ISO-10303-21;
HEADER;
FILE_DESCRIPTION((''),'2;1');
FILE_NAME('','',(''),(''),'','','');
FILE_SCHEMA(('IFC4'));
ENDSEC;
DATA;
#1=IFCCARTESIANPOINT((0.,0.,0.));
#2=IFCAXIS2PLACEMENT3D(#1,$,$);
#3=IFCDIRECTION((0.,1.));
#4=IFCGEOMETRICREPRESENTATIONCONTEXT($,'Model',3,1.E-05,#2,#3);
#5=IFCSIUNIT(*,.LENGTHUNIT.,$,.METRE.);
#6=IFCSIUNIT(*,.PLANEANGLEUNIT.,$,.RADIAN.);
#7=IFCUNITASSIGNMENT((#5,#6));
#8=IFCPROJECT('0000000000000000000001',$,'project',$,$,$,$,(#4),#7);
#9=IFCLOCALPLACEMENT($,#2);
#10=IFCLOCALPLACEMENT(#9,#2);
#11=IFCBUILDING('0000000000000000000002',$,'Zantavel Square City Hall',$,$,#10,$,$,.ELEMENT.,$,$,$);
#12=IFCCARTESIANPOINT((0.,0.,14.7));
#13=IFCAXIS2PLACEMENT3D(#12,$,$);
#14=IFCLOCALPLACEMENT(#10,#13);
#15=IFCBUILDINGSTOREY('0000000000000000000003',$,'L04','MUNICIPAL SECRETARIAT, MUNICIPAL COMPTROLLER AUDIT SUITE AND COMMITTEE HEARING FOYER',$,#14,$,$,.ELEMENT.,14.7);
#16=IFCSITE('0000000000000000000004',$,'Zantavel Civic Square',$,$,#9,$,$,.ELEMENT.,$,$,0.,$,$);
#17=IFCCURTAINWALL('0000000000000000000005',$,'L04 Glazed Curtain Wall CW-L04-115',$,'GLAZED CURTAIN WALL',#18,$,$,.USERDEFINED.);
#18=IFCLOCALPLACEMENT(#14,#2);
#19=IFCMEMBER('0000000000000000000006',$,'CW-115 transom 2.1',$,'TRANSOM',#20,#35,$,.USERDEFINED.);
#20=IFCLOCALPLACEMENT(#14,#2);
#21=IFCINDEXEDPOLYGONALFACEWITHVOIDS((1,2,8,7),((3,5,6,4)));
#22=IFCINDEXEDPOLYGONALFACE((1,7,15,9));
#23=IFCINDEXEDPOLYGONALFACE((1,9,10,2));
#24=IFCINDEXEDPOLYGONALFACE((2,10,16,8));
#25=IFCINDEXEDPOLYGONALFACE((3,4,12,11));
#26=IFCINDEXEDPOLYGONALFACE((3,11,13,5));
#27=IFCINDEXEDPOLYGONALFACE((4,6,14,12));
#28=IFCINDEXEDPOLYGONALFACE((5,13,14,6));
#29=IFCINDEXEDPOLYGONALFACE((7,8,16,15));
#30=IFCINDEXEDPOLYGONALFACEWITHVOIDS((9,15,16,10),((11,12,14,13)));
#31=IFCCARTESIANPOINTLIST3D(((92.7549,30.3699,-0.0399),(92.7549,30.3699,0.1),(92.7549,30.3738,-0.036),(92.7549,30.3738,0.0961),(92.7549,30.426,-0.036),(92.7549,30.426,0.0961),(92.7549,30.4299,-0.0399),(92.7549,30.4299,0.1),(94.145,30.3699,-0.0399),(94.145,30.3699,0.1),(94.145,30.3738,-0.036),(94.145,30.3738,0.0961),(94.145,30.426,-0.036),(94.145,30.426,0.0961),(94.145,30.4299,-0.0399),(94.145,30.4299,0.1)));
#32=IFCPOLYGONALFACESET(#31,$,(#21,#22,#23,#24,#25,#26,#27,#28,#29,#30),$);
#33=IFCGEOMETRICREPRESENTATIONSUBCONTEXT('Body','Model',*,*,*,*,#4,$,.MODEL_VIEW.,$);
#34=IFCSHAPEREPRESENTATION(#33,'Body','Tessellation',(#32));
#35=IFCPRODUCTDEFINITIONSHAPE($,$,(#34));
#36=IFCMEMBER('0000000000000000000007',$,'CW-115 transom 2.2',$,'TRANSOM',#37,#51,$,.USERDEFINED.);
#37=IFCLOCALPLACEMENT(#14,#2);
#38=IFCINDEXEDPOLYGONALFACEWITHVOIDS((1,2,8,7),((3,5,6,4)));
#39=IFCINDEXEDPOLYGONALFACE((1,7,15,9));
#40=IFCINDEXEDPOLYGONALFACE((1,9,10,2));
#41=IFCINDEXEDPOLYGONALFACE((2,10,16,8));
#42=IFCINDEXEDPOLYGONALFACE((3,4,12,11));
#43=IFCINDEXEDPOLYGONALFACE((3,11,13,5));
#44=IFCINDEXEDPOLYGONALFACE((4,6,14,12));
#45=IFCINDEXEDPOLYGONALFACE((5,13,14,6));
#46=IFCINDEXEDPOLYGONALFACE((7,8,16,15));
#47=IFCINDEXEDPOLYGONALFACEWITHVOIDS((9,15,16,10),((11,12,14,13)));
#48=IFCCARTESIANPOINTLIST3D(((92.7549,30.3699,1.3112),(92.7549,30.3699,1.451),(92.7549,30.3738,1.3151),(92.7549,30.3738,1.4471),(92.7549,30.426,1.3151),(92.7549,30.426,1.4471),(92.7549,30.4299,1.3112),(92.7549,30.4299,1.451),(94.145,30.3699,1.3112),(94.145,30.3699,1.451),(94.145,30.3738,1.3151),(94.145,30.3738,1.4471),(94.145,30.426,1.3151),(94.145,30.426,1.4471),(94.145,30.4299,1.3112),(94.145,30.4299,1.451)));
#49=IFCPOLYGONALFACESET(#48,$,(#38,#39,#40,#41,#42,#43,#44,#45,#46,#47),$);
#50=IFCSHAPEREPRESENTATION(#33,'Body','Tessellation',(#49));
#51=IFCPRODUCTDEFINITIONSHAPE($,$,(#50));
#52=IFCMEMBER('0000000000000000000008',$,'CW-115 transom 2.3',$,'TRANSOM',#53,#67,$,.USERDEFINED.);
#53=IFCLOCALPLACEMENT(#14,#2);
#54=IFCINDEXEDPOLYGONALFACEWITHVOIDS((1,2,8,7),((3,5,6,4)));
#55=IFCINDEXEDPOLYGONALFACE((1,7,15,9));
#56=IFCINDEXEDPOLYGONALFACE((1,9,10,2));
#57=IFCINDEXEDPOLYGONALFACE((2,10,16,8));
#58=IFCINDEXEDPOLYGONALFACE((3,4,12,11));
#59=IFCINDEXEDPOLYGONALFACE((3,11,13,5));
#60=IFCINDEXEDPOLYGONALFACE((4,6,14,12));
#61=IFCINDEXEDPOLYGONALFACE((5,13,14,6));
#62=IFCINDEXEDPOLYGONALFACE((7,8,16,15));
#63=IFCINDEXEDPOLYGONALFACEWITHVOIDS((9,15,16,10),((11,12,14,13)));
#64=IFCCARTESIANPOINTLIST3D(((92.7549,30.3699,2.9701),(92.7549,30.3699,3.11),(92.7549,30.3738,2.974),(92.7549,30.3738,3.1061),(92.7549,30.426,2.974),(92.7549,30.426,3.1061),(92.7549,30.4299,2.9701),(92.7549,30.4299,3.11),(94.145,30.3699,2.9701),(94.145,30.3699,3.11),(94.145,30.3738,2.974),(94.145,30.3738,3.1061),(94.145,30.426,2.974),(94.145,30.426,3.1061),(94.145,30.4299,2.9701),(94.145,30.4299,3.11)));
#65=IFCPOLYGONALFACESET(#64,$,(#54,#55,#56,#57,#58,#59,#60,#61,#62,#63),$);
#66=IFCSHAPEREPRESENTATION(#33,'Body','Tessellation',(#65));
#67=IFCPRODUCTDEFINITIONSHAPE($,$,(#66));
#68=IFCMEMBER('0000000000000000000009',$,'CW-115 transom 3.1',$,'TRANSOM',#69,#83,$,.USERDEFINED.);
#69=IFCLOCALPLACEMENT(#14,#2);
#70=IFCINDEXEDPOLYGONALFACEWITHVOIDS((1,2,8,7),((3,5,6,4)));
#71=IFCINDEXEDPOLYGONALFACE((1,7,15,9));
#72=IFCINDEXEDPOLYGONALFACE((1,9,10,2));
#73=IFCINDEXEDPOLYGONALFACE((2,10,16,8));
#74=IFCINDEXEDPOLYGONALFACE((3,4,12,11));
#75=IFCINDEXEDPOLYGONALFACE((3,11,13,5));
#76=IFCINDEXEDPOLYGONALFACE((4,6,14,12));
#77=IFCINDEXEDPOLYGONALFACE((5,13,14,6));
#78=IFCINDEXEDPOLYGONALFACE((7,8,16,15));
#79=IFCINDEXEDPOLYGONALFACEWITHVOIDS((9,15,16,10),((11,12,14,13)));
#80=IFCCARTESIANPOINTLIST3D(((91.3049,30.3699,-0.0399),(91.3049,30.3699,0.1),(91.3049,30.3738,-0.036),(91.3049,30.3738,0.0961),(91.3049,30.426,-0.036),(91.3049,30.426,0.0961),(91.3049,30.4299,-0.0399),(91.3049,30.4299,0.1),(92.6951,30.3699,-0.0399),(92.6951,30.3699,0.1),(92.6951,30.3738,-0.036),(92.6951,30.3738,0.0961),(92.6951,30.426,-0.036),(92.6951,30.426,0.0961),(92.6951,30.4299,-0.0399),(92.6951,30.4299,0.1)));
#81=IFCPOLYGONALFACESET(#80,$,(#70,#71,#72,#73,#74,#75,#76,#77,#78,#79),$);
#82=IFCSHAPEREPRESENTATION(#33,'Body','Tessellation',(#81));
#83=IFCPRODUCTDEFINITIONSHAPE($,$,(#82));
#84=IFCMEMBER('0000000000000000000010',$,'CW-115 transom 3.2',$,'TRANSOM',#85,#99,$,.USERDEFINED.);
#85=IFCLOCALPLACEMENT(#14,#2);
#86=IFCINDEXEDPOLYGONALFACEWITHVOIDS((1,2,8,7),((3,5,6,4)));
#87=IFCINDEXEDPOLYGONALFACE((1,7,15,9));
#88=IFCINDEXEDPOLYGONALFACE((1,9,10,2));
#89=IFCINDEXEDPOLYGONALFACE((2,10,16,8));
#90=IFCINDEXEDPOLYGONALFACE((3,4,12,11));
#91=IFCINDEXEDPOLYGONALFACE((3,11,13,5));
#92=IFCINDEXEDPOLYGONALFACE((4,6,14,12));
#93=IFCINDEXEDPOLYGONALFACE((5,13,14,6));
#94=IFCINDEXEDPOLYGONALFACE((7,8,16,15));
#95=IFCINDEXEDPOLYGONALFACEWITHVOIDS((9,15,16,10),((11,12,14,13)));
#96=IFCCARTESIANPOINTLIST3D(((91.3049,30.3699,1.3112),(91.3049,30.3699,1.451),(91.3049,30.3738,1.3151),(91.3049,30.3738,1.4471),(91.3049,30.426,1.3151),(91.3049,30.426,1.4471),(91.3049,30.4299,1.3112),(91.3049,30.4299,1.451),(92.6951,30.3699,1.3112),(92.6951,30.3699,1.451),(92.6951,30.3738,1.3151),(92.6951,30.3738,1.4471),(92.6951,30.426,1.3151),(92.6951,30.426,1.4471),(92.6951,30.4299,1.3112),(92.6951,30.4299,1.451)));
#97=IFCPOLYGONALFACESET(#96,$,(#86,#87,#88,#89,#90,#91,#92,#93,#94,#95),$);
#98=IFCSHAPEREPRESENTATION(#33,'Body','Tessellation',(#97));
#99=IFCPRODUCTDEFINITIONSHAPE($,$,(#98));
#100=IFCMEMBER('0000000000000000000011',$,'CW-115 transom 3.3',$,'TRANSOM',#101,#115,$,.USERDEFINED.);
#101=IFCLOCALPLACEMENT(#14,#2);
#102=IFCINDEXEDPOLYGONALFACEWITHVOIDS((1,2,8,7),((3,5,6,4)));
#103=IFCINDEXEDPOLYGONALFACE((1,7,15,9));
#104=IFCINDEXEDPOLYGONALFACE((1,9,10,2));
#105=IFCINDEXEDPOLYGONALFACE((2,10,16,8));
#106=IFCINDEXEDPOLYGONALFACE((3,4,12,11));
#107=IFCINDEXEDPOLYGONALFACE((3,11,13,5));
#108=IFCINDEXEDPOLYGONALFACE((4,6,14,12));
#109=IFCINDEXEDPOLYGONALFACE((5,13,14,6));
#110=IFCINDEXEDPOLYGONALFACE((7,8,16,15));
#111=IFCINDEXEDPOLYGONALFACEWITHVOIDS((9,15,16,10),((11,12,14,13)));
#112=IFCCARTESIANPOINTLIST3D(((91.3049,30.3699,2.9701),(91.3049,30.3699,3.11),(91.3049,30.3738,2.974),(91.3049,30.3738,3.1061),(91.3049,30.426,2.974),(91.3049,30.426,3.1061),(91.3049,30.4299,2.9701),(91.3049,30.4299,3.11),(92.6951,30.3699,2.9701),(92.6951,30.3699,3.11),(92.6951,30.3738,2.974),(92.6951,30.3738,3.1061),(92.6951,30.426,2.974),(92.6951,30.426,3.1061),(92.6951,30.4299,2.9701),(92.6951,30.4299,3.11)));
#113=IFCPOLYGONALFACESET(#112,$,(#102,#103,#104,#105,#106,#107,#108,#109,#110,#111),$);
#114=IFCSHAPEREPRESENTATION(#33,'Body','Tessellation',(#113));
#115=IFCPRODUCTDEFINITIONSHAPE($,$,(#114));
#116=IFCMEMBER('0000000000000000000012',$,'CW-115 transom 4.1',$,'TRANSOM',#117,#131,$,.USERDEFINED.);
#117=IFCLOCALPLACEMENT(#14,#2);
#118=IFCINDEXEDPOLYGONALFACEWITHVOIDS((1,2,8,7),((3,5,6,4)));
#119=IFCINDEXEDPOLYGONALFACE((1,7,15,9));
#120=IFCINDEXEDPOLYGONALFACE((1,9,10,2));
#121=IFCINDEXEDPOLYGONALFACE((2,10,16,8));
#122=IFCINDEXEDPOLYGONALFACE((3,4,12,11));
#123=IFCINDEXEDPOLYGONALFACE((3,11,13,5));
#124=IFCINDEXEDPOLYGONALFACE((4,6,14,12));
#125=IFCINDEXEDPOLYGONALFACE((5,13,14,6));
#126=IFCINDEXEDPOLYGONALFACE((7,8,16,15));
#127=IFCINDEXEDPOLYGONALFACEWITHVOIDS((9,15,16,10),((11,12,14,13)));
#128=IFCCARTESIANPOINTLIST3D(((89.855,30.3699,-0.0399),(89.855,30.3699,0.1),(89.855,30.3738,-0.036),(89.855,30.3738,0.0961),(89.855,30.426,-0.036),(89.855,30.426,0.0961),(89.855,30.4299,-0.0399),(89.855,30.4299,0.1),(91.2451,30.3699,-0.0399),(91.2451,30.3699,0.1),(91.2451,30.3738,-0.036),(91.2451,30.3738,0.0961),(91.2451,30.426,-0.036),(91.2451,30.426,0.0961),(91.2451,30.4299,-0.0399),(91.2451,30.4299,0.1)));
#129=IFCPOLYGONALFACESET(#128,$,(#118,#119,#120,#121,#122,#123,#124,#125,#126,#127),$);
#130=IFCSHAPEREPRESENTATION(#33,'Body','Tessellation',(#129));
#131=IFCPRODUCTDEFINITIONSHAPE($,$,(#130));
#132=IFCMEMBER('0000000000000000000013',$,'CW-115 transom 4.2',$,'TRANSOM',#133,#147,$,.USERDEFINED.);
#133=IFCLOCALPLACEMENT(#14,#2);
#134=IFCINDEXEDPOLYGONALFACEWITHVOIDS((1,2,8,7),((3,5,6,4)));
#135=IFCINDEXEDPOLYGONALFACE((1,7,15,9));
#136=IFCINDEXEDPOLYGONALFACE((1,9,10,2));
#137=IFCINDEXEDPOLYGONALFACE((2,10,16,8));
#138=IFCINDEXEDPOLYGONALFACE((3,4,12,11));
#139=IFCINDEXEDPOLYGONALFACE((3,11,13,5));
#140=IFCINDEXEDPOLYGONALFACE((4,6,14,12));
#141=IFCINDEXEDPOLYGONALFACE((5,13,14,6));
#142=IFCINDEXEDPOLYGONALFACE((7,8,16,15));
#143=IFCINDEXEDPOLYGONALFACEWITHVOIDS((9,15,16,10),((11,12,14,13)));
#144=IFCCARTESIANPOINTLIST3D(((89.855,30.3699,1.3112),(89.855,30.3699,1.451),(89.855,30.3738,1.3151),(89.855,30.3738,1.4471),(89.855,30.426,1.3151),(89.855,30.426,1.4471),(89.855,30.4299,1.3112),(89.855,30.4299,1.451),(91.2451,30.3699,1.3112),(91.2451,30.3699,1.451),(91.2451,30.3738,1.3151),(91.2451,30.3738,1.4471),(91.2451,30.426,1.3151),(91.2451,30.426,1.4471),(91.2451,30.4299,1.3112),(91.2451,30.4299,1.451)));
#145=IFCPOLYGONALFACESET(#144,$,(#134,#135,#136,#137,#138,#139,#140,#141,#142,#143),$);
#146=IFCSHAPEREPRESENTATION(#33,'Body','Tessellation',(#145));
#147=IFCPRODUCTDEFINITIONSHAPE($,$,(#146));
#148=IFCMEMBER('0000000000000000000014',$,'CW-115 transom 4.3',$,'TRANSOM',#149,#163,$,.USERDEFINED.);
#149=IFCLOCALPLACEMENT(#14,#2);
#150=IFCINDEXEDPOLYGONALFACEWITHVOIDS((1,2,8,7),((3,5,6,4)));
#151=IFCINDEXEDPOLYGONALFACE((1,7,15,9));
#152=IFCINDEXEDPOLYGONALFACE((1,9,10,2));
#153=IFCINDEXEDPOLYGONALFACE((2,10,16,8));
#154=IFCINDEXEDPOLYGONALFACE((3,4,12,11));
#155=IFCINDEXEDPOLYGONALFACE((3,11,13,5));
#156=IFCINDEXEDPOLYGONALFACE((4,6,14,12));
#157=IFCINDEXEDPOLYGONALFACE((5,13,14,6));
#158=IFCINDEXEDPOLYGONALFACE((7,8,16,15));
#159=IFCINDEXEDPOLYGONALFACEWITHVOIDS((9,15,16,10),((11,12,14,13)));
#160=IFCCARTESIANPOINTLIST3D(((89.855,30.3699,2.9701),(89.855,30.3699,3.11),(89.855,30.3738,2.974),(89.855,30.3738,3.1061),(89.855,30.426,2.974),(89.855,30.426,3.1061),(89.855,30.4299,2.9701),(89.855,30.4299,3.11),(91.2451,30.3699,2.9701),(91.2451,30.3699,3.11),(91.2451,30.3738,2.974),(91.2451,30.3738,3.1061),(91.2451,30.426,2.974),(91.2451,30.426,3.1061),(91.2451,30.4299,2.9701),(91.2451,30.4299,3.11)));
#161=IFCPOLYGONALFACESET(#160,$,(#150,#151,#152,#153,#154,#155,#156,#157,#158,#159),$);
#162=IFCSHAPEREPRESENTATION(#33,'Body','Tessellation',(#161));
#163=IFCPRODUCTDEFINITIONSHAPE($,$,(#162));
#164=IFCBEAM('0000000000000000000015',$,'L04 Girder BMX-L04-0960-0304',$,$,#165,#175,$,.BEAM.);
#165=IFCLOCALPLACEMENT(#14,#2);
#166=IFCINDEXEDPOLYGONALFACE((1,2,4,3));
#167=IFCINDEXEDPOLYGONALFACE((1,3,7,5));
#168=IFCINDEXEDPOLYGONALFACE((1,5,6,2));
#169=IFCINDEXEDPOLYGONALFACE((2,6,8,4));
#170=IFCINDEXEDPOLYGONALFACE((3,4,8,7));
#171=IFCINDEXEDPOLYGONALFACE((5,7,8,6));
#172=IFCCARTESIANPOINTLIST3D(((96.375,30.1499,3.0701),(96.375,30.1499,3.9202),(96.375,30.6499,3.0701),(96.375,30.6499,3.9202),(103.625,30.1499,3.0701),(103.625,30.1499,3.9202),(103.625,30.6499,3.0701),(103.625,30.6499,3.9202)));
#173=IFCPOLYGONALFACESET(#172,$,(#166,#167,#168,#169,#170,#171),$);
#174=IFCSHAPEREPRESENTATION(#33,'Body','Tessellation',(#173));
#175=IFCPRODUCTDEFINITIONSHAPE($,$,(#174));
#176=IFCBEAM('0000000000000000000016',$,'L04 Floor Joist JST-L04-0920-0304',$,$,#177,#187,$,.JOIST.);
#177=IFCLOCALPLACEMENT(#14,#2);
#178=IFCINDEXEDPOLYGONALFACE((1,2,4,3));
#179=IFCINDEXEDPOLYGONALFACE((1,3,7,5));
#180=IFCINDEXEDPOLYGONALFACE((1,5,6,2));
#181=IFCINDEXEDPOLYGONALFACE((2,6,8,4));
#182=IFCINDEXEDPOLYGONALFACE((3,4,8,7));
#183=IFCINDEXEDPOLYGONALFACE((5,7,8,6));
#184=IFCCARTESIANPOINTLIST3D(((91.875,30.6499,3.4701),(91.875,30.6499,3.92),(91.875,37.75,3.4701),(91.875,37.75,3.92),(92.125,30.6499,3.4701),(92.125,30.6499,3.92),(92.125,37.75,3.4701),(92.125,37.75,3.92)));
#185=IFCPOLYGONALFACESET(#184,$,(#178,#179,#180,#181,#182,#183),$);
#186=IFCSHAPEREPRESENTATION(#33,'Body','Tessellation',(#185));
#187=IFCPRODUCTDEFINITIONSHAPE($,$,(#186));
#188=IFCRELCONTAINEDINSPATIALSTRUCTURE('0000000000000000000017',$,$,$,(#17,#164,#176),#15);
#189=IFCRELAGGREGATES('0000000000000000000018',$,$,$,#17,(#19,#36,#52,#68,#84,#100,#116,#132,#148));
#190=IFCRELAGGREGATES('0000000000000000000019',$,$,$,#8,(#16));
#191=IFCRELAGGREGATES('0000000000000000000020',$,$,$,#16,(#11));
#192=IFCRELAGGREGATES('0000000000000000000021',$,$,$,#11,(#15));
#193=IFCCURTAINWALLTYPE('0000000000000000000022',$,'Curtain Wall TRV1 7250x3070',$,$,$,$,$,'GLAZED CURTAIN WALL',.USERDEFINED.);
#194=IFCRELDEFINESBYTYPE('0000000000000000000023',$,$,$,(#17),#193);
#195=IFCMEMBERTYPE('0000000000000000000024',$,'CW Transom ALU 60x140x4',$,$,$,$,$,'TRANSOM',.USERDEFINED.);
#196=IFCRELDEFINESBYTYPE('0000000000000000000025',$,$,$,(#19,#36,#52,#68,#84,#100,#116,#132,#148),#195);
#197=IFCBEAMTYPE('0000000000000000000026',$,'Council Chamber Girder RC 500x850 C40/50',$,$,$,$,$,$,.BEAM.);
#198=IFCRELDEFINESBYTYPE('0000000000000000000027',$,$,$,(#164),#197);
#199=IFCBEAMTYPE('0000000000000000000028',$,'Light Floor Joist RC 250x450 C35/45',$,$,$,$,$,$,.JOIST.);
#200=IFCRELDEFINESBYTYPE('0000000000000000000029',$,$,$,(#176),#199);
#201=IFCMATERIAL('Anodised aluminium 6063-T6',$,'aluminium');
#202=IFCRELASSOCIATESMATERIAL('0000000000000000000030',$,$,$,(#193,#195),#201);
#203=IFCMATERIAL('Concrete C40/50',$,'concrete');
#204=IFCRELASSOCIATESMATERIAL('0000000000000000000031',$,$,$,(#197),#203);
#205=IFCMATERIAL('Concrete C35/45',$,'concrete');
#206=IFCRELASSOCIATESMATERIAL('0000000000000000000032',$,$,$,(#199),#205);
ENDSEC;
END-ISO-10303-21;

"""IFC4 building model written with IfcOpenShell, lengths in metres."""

from ifc_helpers import new_model, si_unit, direction, frame, origin, origin_2d, place, context, subcontext, project, spatial, rectangle, hollow_rectangle, extrude, material, material_profile, profile_set, type_object, element, aggregate, save


model = new_model("IFC4")

# Units and contexts
model_context = context("Model", 3, precision=1e-05, world=origin(), true_north=direction((0.0, 1.0)))
body_context = subcontext(model_context, "Body", "Model", "MODEL_VIEW")
ifc_project = project(units=[si_unit("LENGTHUNIT", "METRE"), si_unit("PLANEANGLEUNIT", "RADIAN")], contexts=[model_context])

# Site, building, storey
site_placement = place(None, origin())
site = spatial("IfcSite", under=ifc_project, at=site_placement, Name="Zantavel Civic Square", CompositionType="ELEMENT", RefElevation=0.0)
building_placement = place(site_placement, origin())
building = spatial("IfcBuilding", under=site, at=building_placement, Name="Zantavel Square City Hall", CompositionType="ELEMENT")
storey_placement = place(building_placement, frame((0.0, 0.0, 14.7)))
storey = spatial("IfcBuildingStorey", under=building, at=storey_placement, Name="L04", Description="MUNICIPAL SECRETARIAT, MUNICIPAL COMPTROLLER AUDIT SUITE AND COMMITTEE HEARING FOYER", CompositionType="ELEMENT", Elevation=14.7)

# Shared definitions
ifc_material_1 = material(Name="Concrete C40/50", Category="concrete")

# Shared definitions
ifc_material_2 = material(Name="Anodised aluminium 6063-T6", Category="aluminium")

# Curtain wall, members
curtain_wall_type_1 = type_object("IfcCurtainWallType", Name="Curtain Wall TRV1 7250x3070", ElementType="GLAZED CURTAIN WALL", PredefinedType="USERDEFINED", material=ifc_material_2)
curtain_wall_1_placement = place(storey_placement, origin())
curtain_wall_1 = element("IfcCurtainWall", 1, at=curtain_wall_1_placement, inside=storey, type_object=curtain_wall_type_1, Name="L04 Glazed Curtain Wall CW-L04-115", ObjectType="GLAZED CURTAIN WALL", PredefinedType="USERDEFINED")
ifc_material_profile_1 = material_profile(ifc_material_2, hollow_rectangle(XDim=0.0601, YDim=0.1399, WallThickness=0.0039, at=origin_2d()), Name="ALU 60x140x4")
ifc_profile_set_1 = profile_set([ifc_material_profile_1], Name="Anodised aluminium 6063-T6")
member_type_1 = type_object("IfcMemberType", Name="CW Transom ALU 60x140x4", ElementType="TRANSOM", PredefinedType="USERDEFINED", material=ifc_profile_set_1)
member_1_placement = place(storey_placement, frame((94.145, 30.3999, 0.03), z_axis=(-1.0, 0.0, 0.0), x_axis=(0.0, -1.0, 0.0)))
member_1 = element("IfcMember", 2, at=member_1_placement, type_object=member_type_1, Name="CW-115 transom 2.1", ObjectType="TRANSOM", PredefinedType="USERDEFINED", context=body_context, shape_type="SweptSolid", body=[
    extrude(hollow_rectangle(XDim=0.0601, YDim=0.1399, WallThickness=0.0039, at=origin_2d()), origin(), (0.0, 0.0, 1.0), 1.3901),
])
member_2_placement = place(storey_placement, frame((94.145, 30.3999, 1.3811), z_axis=(-1.0, 0.0, 0.0), x_axis=(0.0, -1.0, 0.0)))
member_2 = element("IfcMember", 3, at=member_2_placement, type_object=member_type_1, Name="CW-115 transom 2.2", ObjectType="TRANSOM", PredefinedType="USERDEFINED", context=body_context, shape_type="SweptSolid", body=[
    extrude(hollow_rectangle(XDim=0.0601, YDim=0.1399, WallThickness=0.0039, at=origin_2d()), origin(), (0.0, 0.0, 1.0), 1.3901),
])
member_3_placement = place(storey_placement, frame((94.145, 30.3999, 3.04), z_axis=(-1.0, 0.0, 0.0), x_axis=(0.0, -1.0, 0.0)))
member_3 = element("IfcMember", 4, at=member_3_placement, type_object=member_type_1, Name="CW-115 transom 2.3", ObjectType="TRANSOM", PredefinedType="USERDEFINED", context=body_context, shape_type="SweptSolid", body=[
    extrude(hollow_rectangle(XDim=0.0601, YDim=0.1399, WallThickness=0.0039, at=origin_2d()), origin(), (0.0, 0.0, 1.0), 1.3901),
])
member_4_placement = place(storey_placement, frame((92.6951, 30.3999, 0.03), z_axis=(-1.0, 0.0, 0.0), x_axis=(0.0, -1.0, 0.0)))
member_4 = element("IfcMember", 5, at=member_4_placement, type_object=member_type_1, Name="CW-115 transom 3.1", ObjectType="TRANSOM", PredefinedType="USERDEFINED", context=body_context, shape_type="SweptSolid", body=[
    extrude(hollow_rectangle(XDim=0.0601, YDim=0.1399, WallThickness=0.0039, at=origin_2d()), origin(), (0.0, 0.0, 1.0), 1.3901),
])
member_5_placement = place(storey_placement, frame((92.6951, 30.3999, 1.3811), z_axis=(-1.0, 0.0, 0.0), x_axis=(0.0, -1.0, 0.0)))
member_5 = element("IfcMember", 6, at=member_5_placement, type_object=member_type_1, Name="CW-115 transom 3.2", ObjectType="TRANSOM", PredefinedType="USERDEFINED", context=body_context, shape_type="SweptSolid", body=[
    extrude(hollow_rectangle(XDim=0.0601, YDim=0.1399, WallThickness=0.0039, at=origin_2d()), origin(), (0.0, 0.0, 1.0), 1.3901),
])
member_6_placement = place(storey_placement, frame((92.6951, 30.3999, 3.04), z_axis=(-1.0, 0.0, 0.0), x_axis=(0.0, -1.0, 0.0)))
member_6 = element("IfcMember", 7, at=member_6_placement, type_object=member_type_1, Name="CW-115 transom 3.3", ObjectType="TRANSOM", PredefinedType="USERDEFINED", context=body_context, shape_type="SweptSolid", body=[
    extrude(hollow_rectangle(XDim=0.0601, YDim=0.1399, WallThickness=0.0039, at=origin_2d()), origin(), (0.0, 0.0, 1.0), 1.3901),
])
member_7_placement = place(storey_placement, frame((91.2451, 30.3999, 0.03), z_axis=(-1.0, 0.0, 0.0), x_axis=(0.0, -1.0, 0.0)))
member_7 = element("IfcMember", 8, at=member_7_placement, type_object=member_type_1, Name="CW-115 transom 4.1", ObjectType="TRANSOM", PredefinedType="USERDEFINED", context=body_context, shape_type="SweptSolid", body=[
    extrude(hollow_rectangle(XDim=0.0601, YDim=0.1399, WallThickness=0.0039, at=origin_2d()), origin(), (0.0, 0.0, 1.0), 1.3901),
])
member_8_placement = place(storey_placement, frame((91.2451, 30.3999, 1.3811), z_axis=(-1.0, 0.0, 0.0), x_axis=(0.0, -1.0, 0.0)))
member_8 = element("IfcMember", 9, at=member_8_placement, type_object=member_type_1, Name="CW-115 transom 4.2", ObjectType="TRANSOM", PredefinedType="USERDEFINED", context=body_context, shape_type="SweptSolid", body=[
    extrude(hollow_rectangle(XDim=0.0601, YDim=0.1399, WallThickness=0.0039, at=origin_2d()), origin(), (0.0, 0.0, 1.0), 1.3901),
])
member_9_placement = place(storey_placement, frame((91.2451, 30.3999, 3.04), z_axis=(-1.0, 0.0, 0.0), x_axis=(0.0, -1.0, 0.0)))
member_9 = element("IfcMember", 10, at=member_9_placement, type_object=member_type_1, Name="CW-115 transom 4.3", ObjectType="TRANSOM", PredefinedType="USERDEFINED", context=body_context, shape_type="SweptSolid", body=[
    extrude(hollow_rectangle(XDim=0.0601, YDim=0.1399, WallThickness=0.0039, at=origin_2d()), origin(), (0.0, 0.0, 1.0), 1.3901),
])

# Beams
ifc_material_profile_2 = material_profile(ifc_material_1, rectangle(XDim=0.5, YDim=0.8501, at=origin_2d()), Name="RC 500x850")
ifc_profile_set_2 = profile_set([ifc_material_profile_2], Name="Concrete C40/50")
beam_type_1 = type_object("IfcBeamType", Name="Council Chamber Girder RC 500x850 C40/50", PredefinedType="BEAM", material=ifc_profile_set_2)
beam_1_placement = place(storey_placement, frame((96.375, 30.3999, 3.4951), z_axis=(1.0, 0.0, 0.0), x_axis=(0.0, 1.0, 0.0)))
element("IfcBeam", 11, at=beam_1_placement, inside=storey, type_object=beam_type_1, Name="L04 Girder BMX-L04-0960-0304", PredefinedType="BEAM", context=body_context, shape_type="SweptSolid", body=[
    extrude(rectangle(XDim=0.5, YDim=0.8501, at=origin_2d()), origin(), (0.0, 0.0, 1.0), 7.25),
])
ifc_material_3 = material(Name="Concrete C35/45", Category="concrete")
ifc_material_profile_3 = material_profile(ifc_material_3, rectangle(XDim=0.25, YDim=0.45, at=origin_2d()), Name="RC 250x450")
ifc_profile_set_3 = profile_set([ifc_material_profile_3], Name="Concrete C35/45")
beam_type_2 = type_object("IfcBeamType", Name="Light Floor Joist RC 250x450 C35/45", PredefinedType="JOIST", material=ifc_profile_set_3)
for number, where, z_axis, x_axis, name in (
    (12, (92.0, 30.6499, 3.6951), (0.0, 1.0, 0.0), (-1.0, 0.0, 0.0), "L04 Floor Joist JST-L04-0920-0304"),
):
    element("IfcBeam", number, at=place(storey_placement, frame(where, z_axis=z_axis, x_axis=x_axis)), inside=storey, type_object=beam_type_2, Name=name, PredefinedType="JOIST", context=body_context, shape_type="SweptSolid", body=[
        extrude(rectangle(XDim=0.25, YDim=0.45, at=origin_2d()), origin(), (0.0, 0.0, 1.0), 7.1001),
    ])

aggregate(curtain_wall_1, [member_1, member_2, member_3, member_4, member_5, member_6, member_7, member_8, member_9])

save(model, "model.ifc")
